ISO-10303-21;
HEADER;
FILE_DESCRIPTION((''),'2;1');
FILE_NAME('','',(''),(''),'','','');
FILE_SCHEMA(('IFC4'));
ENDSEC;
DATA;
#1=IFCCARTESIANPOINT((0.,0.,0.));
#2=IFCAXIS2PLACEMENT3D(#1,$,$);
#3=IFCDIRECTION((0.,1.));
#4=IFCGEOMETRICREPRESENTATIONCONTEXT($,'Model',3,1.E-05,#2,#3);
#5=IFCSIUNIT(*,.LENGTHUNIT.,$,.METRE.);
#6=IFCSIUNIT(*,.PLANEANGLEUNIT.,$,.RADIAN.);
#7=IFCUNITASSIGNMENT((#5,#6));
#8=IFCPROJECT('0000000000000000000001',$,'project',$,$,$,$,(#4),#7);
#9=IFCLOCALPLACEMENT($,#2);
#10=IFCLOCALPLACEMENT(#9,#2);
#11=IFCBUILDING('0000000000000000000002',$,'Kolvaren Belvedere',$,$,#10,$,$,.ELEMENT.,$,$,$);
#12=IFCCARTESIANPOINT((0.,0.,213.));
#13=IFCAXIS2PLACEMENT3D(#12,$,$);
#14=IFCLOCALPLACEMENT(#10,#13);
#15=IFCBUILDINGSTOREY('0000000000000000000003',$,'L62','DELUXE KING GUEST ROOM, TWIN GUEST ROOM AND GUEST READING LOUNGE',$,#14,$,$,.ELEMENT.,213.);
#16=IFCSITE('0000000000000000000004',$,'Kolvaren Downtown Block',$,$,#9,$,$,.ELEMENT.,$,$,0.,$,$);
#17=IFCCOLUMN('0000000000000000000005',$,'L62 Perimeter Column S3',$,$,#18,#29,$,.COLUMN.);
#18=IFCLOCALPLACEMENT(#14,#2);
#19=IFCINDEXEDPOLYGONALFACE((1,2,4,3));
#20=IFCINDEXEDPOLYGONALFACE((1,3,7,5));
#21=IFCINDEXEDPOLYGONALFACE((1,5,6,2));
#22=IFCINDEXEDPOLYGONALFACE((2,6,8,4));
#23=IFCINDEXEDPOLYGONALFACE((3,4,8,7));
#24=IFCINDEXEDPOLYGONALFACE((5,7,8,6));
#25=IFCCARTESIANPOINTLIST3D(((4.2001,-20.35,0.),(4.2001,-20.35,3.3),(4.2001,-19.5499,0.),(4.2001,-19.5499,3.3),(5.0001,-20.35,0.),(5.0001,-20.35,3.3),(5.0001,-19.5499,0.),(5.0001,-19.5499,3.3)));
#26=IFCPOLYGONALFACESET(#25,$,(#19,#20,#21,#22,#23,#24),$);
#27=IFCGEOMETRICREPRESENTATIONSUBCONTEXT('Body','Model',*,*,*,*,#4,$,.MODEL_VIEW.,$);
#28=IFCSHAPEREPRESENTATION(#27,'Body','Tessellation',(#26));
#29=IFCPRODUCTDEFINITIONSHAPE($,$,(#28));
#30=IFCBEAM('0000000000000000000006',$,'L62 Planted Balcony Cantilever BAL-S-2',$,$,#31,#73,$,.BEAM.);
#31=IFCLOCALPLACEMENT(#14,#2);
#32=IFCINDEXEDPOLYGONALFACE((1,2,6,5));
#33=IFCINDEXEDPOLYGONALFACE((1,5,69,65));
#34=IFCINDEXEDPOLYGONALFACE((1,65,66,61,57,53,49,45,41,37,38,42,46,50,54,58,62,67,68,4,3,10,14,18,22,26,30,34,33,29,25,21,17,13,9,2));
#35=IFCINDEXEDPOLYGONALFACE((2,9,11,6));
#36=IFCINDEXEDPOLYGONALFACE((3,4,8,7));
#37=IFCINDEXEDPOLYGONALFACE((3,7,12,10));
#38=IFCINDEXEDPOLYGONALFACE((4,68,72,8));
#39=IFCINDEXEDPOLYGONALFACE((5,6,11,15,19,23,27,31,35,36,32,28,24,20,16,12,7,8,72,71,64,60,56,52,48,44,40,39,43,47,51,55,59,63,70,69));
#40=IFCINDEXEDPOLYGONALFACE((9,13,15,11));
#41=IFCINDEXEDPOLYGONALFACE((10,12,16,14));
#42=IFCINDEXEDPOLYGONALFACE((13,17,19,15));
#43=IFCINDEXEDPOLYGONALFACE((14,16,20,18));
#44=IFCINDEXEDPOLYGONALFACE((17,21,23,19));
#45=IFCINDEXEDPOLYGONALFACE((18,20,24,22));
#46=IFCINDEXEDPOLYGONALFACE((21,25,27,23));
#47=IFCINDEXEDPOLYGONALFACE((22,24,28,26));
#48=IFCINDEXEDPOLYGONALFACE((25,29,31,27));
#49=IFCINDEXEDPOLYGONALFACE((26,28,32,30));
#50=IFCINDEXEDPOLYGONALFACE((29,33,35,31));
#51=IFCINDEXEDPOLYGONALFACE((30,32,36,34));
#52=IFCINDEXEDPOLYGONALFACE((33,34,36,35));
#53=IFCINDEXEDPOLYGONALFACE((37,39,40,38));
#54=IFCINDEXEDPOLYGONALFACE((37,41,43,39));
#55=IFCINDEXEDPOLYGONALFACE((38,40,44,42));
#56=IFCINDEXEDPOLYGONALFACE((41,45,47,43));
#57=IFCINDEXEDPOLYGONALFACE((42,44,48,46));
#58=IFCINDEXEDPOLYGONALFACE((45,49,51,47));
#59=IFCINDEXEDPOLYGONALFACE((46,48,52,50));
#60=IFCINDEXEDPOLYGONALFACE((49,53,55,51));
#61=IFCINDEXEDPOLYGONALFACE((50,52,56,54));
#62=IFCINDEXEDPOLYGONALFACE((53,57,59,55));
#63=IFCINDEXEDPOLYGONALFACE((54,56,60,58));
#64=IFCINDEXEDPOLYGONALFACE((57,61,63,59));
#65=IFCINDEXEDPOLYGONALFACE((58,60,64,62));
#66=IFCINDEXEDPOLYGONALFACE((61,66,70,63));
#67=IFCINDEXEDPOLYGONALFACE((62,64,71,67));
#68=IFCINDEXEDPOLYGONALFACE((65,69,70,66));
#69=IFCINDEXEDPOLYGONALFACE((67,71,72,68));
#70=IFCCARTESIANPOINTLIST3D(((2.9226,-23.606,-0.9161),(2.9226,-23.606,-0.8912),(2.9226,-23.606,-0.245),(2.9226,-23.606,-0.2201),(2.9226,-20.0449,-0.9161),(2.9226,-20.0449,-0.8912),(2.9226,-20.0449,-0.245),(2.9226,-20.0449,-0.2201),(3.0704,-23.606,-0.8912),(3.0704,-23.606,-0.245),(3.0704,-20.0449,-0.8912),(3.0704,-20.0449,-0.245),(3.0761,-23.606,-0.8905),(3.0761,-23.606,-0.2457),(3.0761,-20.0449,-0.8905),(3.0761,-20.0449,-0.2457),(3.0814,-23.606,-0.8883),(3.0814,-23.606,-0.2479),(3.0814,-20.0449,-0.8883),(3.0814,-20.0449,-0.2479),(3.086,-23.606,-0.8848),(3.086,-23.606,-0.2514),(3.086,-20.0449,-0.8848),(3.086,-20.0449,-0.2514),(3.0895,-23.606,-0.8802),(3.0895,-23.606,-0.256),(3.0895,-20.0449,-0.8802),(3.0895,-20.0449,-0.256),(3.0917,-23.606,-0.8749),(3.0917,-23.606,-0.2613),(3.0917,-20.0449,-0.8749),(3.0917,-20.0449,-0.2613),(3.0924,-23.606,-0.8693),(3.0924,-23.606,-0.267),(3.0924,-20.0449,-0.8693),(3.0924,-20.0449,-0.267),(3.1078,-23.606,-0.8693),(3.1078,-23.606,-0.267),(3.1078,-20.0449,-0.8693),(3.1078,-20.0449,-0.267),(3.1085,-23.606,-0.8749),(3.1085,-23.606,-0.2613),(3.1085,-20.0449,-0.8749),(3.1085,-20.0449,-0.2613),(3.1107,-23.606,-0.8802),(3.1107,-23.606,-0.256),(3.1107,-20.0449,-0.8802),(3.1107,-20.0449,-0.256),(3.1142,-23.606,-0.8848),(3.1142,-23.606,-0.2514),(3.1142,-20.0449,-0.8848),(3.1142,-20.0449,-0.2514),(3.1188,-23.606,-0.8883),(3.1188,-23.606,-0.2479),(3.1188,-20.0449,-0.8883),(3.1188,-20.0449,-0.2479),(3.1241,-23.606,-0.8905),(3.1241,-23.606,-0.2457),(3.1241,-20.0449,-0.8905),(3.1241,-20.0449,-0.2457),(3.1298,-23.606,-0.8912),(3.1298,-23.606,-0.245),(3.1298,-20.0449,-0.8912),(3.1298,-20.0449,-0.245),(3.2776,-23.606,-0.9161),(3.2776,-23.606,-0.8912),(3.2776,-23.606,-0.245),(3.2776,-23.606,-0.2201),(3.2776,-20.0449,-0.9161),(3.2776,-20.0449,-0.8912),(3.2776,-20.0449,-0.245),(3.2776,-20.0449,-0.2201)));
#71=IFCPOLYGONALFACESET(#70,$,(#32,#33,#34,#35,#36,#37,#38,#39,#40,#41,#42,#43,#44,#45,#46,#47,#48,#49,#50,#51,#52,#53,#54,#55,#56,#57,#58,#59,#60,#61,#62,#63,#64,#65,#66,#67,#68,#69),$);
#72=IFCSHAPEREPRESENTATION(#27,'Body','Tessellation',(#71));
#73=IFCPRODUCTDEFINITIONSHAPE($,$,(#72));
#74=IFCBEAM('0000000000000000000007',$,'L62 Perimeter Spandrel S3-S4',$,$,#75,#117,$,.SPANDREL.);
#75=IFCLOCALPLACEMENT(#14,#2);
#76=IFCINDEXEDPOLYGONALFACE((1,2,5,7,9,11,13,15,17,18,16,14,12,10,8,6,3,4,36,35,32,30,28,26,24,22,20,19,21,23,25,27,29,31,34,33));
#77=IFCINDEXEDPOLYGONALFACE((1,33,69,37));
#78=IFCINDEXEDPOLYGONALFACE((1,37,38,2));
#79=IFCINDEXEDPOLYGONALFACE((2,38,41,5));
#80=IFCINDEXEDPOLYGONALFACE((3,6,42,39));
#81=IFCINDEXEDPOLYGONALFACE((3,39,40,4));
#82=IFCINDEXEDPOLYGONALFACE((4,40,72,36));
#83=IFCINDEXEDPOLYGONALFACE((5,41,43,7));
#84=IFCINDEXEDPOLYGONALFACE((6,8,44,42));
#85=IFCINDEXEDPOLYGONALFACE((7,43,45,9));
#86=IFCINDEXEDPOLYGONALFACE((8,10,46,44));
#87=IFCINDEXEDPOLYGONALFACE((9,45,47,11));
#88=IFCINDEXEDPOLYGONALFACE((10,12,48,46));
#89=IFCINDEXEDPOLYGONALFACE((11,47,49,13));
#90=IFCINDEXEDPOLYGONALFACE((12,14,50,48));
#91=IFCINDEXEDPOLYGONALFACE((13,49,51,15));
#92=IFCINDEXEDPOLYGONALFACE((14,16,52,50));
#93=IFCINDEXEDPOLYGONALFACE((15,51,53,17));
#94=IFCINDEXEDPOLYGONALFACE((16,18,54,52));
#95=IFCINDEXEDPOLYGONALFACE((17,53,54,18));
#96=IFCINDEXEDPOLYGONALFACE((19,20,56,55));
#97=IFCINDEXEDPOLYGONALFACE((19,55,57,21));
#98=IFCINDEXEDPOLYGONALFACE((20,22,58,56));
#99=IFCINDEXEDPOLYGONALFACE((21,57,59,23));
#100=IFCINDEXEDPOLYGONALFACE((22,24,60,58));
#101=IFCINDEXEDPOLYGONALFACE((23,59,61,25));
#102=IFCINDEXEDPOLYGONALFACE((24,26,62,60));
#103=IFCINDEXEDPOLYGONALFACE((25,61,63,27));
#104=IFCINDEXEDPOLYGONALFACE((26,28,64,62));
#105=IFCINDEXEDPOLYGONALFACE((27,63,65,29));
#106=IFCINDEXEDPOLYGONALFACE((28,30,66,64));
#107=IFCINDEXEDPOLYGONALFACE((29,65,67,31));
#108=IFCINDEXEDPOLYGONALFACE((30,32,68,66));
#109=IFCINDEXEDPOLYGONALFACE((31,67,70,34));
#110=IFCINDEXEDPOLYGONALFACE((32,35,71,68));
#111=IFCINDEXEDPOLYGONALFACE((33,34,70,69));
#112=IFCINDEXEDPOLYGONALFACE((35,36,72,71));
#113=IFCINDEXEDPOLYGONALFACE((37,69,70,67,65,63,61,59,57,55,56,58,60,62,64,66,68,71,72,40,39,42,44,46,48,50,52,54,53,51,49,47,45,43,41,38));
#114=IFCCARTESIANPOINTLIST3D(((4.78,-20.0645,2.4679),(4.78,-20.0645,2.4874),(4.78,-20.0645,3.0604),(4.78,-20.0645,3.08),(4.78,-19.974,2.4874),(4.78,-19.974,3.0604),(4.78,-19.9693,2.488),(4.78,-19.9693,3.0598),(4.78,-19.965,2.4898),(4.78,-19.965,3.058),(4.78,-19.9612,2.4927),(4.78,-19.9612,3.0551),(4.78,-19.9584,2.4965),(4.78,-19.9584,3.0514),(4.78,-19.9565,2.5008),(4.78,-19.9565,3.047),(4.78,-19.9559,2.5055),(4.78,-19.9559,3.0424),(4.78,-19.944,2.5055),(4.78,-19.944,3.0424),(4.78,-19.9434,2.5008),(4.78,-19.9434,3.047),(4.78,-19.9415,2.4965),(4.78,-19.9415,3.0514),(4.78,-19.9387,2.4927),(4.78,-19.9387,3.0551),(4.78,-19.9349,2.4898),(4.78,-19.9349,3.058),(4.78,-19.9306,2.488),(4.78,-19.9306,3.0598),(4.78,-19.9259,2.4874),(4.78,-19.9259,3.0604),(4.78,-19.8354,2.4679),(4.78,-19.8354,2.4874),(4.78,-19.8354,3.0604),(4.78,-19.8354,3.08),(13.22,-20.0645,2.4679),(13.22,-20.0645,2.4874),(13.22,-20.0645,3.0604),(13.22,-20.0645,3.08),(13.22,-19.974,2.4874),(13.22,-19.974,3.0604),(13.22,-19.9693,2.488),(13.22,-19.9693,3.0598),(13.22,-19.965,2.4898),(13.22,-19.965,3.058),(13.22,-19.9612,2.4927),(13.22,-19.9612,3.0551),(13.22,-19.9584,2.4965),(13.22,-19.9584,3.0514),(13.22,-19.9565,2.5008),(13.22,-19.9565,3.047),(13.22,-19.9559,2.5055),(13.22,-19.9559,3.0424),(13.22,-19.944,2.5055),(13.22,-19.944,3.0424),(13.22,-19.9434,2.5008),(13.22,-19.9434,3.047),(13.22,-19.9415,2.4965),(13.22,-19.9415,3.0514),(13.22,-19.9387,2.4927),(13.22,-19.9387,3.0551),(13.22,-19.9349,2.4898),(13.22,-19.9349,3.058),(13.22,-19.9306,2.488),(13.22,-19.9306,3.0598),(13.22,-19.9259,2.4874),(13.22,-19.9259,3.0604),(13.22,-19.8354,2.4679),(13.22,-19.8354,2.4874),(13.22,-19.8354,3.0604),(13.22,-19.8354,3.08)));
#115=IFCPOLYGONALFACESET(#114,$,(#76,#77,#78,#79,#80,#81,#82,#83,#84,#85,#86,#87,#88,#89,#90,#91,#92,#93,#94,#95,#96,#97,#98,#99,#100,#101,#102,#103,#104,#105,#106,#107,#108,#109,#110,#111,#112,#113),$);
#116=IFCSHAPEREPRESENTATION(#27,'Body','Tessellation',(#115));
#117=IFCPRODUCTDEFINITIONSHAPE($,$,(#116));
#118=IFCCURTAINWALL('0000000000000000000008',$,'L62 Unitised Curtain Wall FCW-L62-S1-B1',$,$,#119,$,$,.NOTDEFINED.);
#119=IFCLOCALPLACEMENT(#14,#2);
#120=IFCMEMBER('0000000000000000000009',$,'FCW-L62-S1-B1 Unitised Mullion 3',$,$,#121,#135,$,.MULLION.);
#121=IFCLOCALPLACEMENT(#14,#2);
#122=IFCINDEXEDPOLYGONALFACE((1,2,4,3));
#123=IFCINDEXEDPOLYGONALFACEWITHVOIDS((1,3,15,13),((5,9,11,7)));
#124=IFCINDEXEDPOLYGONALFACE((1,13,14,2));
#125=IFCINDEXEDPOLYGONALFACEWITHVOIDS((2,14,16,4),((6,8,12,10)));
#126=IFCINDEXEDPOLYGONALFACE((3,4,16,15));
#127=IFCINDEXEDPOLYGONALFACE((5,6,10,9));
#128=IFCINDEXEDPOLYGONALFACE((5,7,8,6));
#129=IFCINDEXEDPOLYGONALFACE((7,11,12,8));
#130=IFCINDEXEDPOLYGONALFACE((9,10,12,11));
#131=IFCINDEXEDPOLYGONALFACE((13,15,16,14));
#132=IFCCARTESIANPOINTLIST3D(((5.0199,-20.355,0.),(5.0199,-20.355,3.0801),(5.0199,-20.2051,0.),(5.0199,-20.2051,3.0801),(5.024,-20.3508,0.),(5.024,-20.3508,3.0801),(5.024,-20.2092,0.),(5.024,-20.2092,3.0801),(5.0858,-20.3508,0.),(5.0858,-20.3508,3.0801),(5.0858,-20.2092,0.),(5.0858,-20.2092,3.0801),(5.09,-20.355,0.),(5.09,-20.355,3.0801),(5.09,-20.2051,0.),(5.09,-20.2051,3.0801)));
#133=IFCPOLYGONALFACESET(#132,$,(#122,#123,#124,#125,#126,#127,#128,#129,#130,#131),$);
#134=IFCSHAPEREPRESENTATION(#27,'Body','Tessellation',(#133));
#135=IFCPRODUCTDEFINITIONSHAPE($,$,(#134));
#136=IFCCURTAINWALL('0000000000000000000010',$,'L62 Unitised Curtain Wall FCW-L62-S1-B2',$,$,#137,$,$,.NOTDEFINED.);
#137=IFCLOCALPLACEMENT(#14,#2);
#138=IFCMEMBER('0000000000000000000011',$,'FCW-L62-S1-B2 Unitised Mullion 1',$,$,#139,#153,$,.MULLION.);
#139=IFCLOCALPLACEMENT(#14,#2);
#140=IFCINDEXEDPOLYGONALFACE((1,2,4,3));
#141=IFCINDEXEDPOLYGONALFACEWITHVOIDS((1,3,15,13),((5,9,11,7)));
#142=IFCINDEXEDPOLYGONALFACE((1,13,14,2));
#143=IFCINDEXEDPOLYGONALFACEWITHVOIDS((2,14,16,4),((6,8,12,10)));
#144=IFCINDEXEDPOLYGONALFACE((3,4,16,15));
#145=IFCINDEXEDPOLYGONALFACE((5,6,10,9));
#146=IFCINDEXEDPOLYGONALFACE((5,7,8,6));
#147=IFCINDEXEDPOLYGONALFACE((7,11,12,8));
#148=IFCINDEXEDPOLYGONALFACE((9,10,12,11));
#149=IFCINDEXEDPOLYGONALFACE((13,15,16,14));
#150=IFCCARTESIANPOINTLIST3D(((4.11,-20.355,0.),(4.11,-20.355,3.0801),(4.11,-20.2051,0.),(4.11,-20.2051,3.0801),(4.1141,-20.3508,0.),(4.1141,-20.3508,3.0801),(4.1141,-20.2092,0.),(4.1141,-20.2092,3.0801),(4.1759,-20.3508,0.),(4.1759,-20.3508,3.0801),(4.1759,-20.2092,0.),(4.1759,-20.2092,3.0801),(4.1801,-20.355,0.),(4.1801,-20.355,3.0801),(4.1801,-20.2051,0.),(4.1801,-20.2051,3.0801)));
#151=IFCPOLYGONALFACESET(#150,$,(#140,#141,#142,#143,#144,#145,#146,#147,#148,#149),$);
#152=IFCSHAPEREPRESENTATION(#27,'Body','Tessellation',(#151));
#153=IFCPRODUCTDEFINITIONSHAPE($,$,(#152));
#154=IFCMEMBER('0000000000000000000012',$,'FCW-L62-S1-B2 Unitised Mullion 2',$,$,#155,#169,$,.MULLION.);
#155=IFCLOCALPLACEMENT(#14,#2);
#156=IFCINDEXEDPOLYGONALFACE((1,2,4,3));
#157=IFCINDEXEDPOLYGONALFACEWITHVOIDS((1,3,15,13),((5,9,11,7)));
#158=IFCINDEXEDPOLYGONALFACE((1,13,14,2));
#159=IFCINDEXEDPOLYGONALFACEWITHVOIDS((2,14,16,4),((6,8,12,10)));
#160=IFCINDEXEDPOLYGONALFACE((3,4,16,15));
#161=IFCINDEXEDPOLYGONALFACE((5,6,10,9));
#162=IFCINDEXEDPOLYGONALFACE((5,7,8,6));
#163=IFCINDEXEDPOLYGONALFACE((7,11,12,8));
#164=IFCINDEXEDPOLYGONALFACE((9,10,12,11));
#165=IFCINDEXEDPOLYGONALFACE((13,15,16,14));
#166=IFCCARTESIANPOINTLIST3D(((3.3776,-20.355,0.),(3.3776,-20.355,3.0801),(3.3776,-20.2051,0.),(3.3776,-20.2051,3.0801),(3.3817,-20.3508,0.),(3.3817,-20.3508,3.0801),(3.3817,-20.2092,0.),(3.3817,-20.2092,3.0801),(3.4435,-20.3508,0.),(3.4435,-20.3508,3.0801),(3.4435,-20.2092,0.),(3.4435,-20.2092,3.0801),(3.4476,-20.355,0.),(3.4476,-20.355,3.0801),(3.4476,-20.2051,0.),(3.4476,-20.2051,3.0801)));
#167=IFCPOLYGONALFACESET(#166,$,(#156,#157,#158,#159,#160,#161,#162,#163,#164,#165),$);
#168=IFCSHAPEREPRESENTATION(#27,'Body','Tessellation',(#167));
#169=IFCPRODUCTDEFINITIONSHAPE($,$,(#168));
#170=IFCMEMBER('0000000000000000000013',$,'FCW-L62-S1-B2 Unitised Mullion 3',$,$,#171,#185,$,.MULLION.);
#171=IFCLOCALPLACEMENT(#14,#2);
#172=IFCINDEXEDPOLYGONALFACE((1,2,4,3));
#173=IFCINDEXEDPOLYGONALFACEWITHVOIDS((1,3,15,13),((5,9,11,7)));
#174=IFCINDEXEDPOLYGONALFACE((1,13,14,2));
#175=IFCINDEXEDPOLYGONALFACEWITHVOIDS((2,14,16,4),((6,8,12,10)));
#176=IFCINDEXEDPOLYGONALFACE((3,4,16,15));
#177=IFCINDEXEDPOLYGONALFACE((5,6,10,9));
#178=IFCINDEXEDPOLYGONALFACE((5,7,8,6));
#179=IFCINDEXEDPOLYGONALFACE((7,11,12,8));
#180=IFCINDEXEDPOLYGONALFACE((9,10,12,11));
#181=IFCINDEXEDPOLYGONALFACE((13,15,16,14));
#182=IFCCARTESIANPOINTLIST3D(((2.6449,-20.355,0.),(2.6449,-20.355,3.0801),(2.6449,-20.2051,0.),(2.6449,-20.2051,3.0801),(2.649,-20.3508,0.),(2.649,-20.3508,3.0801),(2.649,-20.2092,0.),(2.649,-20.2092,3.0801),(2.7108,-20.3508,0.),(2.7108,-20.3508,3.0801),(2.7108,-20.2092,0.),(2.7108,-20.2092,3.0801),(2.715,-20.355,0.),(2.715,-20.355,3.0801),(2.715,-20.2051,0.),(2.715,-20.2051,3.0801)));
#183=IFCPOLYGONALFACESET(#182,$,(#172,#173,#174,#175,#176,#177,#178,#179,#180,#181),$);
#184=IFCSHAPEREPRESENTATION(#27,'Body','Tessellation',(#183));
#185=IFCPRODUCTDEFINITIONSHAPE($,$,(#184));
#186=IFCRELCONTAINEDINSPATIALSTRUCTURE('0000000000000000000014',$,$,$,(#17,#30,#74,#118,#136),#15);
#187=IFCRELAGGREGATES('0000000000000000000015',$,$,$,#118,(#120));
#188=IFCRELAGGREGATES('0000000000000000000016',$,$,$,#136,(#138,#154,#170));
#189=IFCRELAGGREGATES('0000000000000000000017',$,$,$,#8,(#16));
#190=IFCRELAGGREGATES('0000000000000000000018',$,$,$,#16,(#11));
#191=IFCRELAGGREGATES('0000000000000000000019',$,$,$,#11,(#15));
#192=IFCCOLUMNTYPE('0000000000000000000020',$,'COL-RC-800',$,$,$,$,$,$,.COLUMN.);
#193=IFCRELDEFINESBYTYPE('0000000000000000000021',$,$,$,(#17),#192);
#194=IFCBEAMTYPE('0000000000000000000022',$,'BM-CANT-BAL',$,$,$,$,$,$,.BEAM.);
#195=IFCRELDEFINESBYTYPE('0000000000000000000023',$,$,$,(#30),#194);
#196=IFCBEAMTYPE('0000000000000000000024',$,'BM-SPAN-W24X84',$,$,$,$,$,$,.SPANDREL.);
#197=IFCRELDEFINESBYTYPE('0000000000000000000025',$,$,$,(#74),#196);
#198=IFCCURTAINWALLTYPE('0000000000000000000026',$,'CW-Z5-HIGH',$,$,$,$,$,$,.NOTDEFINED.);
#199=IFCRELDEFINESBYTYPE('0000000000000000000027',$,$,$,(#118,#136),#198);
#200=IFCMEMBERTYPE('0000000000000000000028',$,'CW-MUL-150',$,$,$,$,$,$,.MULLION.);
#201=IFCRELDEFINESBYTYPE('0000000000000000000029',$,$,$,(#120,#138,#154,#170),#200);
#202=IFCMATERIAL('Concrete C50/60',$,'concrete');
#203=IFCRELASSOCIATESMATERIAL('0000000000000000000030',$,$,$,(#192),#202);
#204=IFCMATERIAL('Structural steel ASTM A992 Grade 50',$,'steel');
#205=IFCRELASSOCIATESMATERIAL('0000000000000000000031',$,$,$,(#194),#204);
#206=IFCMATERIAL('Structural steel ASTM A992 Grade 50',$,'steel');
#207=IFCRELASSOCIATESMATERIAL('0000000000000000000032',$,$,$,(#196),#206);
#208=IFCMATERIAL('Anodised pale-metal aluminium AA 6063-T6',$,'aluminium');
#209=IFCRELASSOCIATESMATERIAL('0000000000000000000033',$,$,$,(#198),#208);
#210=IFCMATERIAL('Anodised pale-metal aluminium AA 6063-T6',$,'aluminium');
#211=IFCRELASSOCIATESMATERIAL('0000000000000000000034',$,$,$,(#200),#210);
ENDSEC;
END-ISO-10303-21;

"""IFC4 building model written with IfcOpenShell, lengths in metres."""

from ifc_helpers import new_model, si_unit, direction, frame, origin, origin_2d, place, context, subcontext, project, spatial, rectangle, hollow_rectangle, i_section, extrude, material, material_profile, profile_set, type_object, element, aggregate, save


model = new_model("IFC4")

# Units and contexts
model_context = context("Model", 3, precision=1e-05, world=origin(), true_north=direction((0.0, 1.0)))
body_context = subcontext(model_context, "Body", "Model", "MODEL_VIEW")
ifc_project = project(units=[si_unit("LENGTHUNIT", "METRE"), si_unit("PLANEANGLEUNIT", "RADIAN")], contexts=[model_context])

# Site, building, storey
site_placement = place(None, origin())
site = spatial("IfcSite", under=ifc_project, at=site_placement, Name="Kolvaren Downtown Block", CompositionType="ELEMENT", RefElevation=0.0)
building_placement = place(site_placement, origin())
building = spatial("IfcBuilding", under=site, at=building_placement, Name="Kolvaren Belvedere", CompositionType="ELEMENT")
storey_placement = place(building_placement, frame((0.0, 0.0, 213.0)))
storey = spatial("IfcBuildingStorey", under=building, at=storey_placement, Name="L62", Description="DELUXE KING GUEST ROOM, TWIN GUEST ROOM AND GUEST READING LOUNGE", CompositionType="ELEMENT", Elevation=213.0)

# Column
ifc_material_1 = material(Name="Concrete C50/60", Category="concrete")
ifc_material_profile_1 = material_profile(ifc_material_1, rectangle(XDim=0.8, YDim=0.8, at=origin_2d()), Name="RC 800X800")
ifc_profile_set_1 = profile_set([ifc_material_profile_1], Name="Concrete C50/60")
column_type = type_object("IfcColumnType", Name="COL-RC-800", PredefinedType="COLUMN", material=ifc_profile_set_1)
column_placement = place(storey_placement, frame((4.6001, -19.95, 0.0), z_axis=(0.0, 0.0, 1.0), x_axis=(1.0, 0.0, 0.0)))
element("IfcColumn", 1, at=column_placement, inside=storey, type_object=column_type, Name="L62 Perimeter Column S3", PredefinedType="COLUMN", context=body_context, shape_type="SweptSolid", body=[
    extrude(rectangle(XDim=0.8, YDim=0.8, at=origin_2d()), origin(), (0.0, 0.0, 1.0), 3.3),
])

# Beams
ifc_material_2 = material(Name="Structural steel ASTM A992 Grade 50", Category="steel")
ifc_material_profile_2 = material_profile(ifc_material_2, i_section(OverallWidth=0.355, OverallDepth=0.696, WebThickness=0.0154, FlangeThickness=0.0249, FilletRadius=0.022, at=origin_2d()), Name="W27X146")
ifc_profile_set_2 = profile_set([ifc_material_profile_2], Name="Structural steel ASTM A992 Grade 50")
beam_type_1 = type_object("IfcBeamType", Name="BM-CANT-BAL", PredefinedType="BEAM", material=ifc_profile_set_2)
beam_1_placement = place(storey_placement, frame((3.1001, -20.0449, -0.5681), z_axis=(0.0, -1.0, 0.0), x_axis=(1.0, 0.0, 0.0)))
element("IfcBeam", 2, at=beam_1_placement, inside=storey, type_object=beam_type_1, Name="L62 Planted Balcony Cantilever BAL-S-2", PredefinedType="BEAM", context=body_context, shape_type="SweptSolid", body=[
    extrude(i_section(OverallWidth=0.355, OverallDepth=0.696, WebThickness=0.0154, FlangeThickness=0.0249, FilletRadius=0.022, at=origin_2d()), origin(), (0.0, 0.0, 1.0), 3.561),
])
ifc_material_3 = material(Name="Structural steel ASTM A992 Grade 50", Category="steel")
ifc_material_profile_3 = material_profile(ifc_material_3, i_section(OverallWidth=0.229, OverallDepth=0.6121, WebThickness=0.012, FlangeThickness=0.0195, FilletRadius=0.0181, at=origin_2d()), Name="W24X84")
ifc_profile_set_3 = profile_set([ifc_material_profile_3], Name="Structural steel ASTM A992 Grade 50")
beam_type_2 = type_object("IfcBeamType", Name="BM-SPAN-W24X84", PredefinedType="SPANDREL", material=ifc_profile_set_3)
beam_2_placement = place(storey_placement, frame((4.78, -19.95, 2.7739), z_axis=(1.0, 0.0, 0.0), x_axis=(0.0, 1.0, 0.0)))
element("IfcBeam", 3, at=beam_2_placement, inside=storey, type_object=beam_type_2, Name="L62 Perimeter Spandrel S3-S4", PredefinedType="SPANDREL", context=body_context, shape_type="SweptSolid", body=[
    extrude(i_section(OverallWidth=0.229, OverallDepth=0.6121, WebThickness=0.012, FlangeThickness=0.0195, FilletRadius=0.0181, at=origin_2d()), origin(), (0.0, 0.0, 1.0), 8.4399),
])

# Curtain wall, member
ifc_material_4 = material(Name="Anodised pale-metal aluminium AA 6063-T6", Category="aluminium")
curtain_wall_type = type_object("IfcCurtainWallType", Name="CW-Z5-HIGH", PredefinedType="NOTDEFINED", material=ifc_material_4)
curtain_wall_1_placement = place(storey_placement, origin())
curtain_wall_1 = element("IfcCurtainWall", 4, at=curtain_wall_1_placement, inside=storey, type_object=curtain_wall_type, Name="L62 Unitised Curtain Wall FCW-L62-S1-B1", PredefinedType="NOTDEFINED")
ifc_material_5 = material(Name="Anodised pale-metal aluminium AA 6063-T6", Category="aluminium")
ifc_material_profile_4 = material_profile(ifc_material_5, hollow_rectangle(XDim=0.0701, YDim=0.1499, WallThickness=0.0042, at=origin_2d()), Name="ALU-MUL-150X70")
ifc_profile_set_4 = profile_set([ifc_material_profile_4], Name="Anodised pale-metal aluminium AA 6063-T6")
member_type_1 = type_object("IfcMemberType", Name="CW-MUL-150", PredefinedType="MULLION", material=ifc_profile_set_4)
member_1_placement = place(storey_placement, frame((5.0549, -20.28, 0.0), z_axis=(0.0, 0.0, 1.0), x_axis=(1.0, 0.0, 0.0)))
member_1 = element("IfcMember", 5, at=member_1_placement, type_object=member_type_1, Name="FCW-L62-S1-B1 Unitised Mullion 3", PredefinedType="MULLION", context=body_context, shape_type="SweptSolid", body=[
    extrude(hollow_rectangle(XDim=0.0701, YDim=0.1499, WallThickness=0.0042, at=origin_2d()), origin(), (0.0, 0.0, 1.0), 3.0801),
])
aggregate(curtain_wall_1, [member_1])

# Curtain wall, members
curtain_wall_2_placement = place(storey_placement, origin())
curtain_wall_2 = element("IfcCurtainWall", 6, at=curtain_wall_2_placement, inside=storey, type_object=curtain_wall_type, Name="L62 Unitised Curtain Wall FCW-L62-S1-B2", PredefinedType="NOTDEFINED")
member_2_placement = place(storey_placement, frame((4.145, -20.28, 0.0), z_axis=(0.0, 0.0, 1.0), x_axis=(1.0, 0.0, 0.0)))
member_2 = element("IfcMember", 7, at=member_2_placement, type_object=member_type_1, Name="FCW-L62-S1-B2 Unitised Mullion 1", PredefinedType="MULLION", context=body_context, shape_type="SweptSolid", body=[
    extrude(hollow_rectangle(XDim=0.0701, YDim=0.1499, WallThickness=0.0042, at=origin_2d()), origin(), (0.0, 0.0, 1.0), 3.0801),
])
member_3_placement = place(storey_placement, frame((3.4126, -20.28, 0.0), z_axis=(0.0, 0.0, 1.0), x_axis=(1.0, 0.0, 0.0)))
member_3 = element("IfcMember", 8, at=member_3_placement, type_object=member_type_1, Name="FCW-L62-S1-B2 Unitised Mullion 2", PredefinedType="MULLION", context=body_context, shape_type="SweptSolid", body=[
    extrude(hollow_rectangle(XDim=0.0701, YDim=0.1499, WallThickness=0.0042, at=origin_2d()), origin(), (0.0, 0.0, 1.0), 3.0801),
])
member_4_placement = place(storey_placement, frame((2.6799, -20.28, 0.0), z_axis=(0.0, 0.0, 1.0), x_axis=(1.0, 0.0, 0.0)))
member_4 = element("IfcMember", 9, at=member_4_placement, type_object=member_type_1, Name="FCW-L62-S1-B2 Unitised Mullion 3", PredefinedType="MULLION", context=body_context, shape_type="SweptSolid", body=[
    extrude(hollow_rectangle(XDim=0.0701, YDim=0.1499, WallThickness=0.0042, at=origin_2d()), origin(), (0.0, 0.0, 1.0), 3.0801),
])

aggregate(curtain_wall_2, [member_2, member_3, member_4])

save(model, "model.ifc")
